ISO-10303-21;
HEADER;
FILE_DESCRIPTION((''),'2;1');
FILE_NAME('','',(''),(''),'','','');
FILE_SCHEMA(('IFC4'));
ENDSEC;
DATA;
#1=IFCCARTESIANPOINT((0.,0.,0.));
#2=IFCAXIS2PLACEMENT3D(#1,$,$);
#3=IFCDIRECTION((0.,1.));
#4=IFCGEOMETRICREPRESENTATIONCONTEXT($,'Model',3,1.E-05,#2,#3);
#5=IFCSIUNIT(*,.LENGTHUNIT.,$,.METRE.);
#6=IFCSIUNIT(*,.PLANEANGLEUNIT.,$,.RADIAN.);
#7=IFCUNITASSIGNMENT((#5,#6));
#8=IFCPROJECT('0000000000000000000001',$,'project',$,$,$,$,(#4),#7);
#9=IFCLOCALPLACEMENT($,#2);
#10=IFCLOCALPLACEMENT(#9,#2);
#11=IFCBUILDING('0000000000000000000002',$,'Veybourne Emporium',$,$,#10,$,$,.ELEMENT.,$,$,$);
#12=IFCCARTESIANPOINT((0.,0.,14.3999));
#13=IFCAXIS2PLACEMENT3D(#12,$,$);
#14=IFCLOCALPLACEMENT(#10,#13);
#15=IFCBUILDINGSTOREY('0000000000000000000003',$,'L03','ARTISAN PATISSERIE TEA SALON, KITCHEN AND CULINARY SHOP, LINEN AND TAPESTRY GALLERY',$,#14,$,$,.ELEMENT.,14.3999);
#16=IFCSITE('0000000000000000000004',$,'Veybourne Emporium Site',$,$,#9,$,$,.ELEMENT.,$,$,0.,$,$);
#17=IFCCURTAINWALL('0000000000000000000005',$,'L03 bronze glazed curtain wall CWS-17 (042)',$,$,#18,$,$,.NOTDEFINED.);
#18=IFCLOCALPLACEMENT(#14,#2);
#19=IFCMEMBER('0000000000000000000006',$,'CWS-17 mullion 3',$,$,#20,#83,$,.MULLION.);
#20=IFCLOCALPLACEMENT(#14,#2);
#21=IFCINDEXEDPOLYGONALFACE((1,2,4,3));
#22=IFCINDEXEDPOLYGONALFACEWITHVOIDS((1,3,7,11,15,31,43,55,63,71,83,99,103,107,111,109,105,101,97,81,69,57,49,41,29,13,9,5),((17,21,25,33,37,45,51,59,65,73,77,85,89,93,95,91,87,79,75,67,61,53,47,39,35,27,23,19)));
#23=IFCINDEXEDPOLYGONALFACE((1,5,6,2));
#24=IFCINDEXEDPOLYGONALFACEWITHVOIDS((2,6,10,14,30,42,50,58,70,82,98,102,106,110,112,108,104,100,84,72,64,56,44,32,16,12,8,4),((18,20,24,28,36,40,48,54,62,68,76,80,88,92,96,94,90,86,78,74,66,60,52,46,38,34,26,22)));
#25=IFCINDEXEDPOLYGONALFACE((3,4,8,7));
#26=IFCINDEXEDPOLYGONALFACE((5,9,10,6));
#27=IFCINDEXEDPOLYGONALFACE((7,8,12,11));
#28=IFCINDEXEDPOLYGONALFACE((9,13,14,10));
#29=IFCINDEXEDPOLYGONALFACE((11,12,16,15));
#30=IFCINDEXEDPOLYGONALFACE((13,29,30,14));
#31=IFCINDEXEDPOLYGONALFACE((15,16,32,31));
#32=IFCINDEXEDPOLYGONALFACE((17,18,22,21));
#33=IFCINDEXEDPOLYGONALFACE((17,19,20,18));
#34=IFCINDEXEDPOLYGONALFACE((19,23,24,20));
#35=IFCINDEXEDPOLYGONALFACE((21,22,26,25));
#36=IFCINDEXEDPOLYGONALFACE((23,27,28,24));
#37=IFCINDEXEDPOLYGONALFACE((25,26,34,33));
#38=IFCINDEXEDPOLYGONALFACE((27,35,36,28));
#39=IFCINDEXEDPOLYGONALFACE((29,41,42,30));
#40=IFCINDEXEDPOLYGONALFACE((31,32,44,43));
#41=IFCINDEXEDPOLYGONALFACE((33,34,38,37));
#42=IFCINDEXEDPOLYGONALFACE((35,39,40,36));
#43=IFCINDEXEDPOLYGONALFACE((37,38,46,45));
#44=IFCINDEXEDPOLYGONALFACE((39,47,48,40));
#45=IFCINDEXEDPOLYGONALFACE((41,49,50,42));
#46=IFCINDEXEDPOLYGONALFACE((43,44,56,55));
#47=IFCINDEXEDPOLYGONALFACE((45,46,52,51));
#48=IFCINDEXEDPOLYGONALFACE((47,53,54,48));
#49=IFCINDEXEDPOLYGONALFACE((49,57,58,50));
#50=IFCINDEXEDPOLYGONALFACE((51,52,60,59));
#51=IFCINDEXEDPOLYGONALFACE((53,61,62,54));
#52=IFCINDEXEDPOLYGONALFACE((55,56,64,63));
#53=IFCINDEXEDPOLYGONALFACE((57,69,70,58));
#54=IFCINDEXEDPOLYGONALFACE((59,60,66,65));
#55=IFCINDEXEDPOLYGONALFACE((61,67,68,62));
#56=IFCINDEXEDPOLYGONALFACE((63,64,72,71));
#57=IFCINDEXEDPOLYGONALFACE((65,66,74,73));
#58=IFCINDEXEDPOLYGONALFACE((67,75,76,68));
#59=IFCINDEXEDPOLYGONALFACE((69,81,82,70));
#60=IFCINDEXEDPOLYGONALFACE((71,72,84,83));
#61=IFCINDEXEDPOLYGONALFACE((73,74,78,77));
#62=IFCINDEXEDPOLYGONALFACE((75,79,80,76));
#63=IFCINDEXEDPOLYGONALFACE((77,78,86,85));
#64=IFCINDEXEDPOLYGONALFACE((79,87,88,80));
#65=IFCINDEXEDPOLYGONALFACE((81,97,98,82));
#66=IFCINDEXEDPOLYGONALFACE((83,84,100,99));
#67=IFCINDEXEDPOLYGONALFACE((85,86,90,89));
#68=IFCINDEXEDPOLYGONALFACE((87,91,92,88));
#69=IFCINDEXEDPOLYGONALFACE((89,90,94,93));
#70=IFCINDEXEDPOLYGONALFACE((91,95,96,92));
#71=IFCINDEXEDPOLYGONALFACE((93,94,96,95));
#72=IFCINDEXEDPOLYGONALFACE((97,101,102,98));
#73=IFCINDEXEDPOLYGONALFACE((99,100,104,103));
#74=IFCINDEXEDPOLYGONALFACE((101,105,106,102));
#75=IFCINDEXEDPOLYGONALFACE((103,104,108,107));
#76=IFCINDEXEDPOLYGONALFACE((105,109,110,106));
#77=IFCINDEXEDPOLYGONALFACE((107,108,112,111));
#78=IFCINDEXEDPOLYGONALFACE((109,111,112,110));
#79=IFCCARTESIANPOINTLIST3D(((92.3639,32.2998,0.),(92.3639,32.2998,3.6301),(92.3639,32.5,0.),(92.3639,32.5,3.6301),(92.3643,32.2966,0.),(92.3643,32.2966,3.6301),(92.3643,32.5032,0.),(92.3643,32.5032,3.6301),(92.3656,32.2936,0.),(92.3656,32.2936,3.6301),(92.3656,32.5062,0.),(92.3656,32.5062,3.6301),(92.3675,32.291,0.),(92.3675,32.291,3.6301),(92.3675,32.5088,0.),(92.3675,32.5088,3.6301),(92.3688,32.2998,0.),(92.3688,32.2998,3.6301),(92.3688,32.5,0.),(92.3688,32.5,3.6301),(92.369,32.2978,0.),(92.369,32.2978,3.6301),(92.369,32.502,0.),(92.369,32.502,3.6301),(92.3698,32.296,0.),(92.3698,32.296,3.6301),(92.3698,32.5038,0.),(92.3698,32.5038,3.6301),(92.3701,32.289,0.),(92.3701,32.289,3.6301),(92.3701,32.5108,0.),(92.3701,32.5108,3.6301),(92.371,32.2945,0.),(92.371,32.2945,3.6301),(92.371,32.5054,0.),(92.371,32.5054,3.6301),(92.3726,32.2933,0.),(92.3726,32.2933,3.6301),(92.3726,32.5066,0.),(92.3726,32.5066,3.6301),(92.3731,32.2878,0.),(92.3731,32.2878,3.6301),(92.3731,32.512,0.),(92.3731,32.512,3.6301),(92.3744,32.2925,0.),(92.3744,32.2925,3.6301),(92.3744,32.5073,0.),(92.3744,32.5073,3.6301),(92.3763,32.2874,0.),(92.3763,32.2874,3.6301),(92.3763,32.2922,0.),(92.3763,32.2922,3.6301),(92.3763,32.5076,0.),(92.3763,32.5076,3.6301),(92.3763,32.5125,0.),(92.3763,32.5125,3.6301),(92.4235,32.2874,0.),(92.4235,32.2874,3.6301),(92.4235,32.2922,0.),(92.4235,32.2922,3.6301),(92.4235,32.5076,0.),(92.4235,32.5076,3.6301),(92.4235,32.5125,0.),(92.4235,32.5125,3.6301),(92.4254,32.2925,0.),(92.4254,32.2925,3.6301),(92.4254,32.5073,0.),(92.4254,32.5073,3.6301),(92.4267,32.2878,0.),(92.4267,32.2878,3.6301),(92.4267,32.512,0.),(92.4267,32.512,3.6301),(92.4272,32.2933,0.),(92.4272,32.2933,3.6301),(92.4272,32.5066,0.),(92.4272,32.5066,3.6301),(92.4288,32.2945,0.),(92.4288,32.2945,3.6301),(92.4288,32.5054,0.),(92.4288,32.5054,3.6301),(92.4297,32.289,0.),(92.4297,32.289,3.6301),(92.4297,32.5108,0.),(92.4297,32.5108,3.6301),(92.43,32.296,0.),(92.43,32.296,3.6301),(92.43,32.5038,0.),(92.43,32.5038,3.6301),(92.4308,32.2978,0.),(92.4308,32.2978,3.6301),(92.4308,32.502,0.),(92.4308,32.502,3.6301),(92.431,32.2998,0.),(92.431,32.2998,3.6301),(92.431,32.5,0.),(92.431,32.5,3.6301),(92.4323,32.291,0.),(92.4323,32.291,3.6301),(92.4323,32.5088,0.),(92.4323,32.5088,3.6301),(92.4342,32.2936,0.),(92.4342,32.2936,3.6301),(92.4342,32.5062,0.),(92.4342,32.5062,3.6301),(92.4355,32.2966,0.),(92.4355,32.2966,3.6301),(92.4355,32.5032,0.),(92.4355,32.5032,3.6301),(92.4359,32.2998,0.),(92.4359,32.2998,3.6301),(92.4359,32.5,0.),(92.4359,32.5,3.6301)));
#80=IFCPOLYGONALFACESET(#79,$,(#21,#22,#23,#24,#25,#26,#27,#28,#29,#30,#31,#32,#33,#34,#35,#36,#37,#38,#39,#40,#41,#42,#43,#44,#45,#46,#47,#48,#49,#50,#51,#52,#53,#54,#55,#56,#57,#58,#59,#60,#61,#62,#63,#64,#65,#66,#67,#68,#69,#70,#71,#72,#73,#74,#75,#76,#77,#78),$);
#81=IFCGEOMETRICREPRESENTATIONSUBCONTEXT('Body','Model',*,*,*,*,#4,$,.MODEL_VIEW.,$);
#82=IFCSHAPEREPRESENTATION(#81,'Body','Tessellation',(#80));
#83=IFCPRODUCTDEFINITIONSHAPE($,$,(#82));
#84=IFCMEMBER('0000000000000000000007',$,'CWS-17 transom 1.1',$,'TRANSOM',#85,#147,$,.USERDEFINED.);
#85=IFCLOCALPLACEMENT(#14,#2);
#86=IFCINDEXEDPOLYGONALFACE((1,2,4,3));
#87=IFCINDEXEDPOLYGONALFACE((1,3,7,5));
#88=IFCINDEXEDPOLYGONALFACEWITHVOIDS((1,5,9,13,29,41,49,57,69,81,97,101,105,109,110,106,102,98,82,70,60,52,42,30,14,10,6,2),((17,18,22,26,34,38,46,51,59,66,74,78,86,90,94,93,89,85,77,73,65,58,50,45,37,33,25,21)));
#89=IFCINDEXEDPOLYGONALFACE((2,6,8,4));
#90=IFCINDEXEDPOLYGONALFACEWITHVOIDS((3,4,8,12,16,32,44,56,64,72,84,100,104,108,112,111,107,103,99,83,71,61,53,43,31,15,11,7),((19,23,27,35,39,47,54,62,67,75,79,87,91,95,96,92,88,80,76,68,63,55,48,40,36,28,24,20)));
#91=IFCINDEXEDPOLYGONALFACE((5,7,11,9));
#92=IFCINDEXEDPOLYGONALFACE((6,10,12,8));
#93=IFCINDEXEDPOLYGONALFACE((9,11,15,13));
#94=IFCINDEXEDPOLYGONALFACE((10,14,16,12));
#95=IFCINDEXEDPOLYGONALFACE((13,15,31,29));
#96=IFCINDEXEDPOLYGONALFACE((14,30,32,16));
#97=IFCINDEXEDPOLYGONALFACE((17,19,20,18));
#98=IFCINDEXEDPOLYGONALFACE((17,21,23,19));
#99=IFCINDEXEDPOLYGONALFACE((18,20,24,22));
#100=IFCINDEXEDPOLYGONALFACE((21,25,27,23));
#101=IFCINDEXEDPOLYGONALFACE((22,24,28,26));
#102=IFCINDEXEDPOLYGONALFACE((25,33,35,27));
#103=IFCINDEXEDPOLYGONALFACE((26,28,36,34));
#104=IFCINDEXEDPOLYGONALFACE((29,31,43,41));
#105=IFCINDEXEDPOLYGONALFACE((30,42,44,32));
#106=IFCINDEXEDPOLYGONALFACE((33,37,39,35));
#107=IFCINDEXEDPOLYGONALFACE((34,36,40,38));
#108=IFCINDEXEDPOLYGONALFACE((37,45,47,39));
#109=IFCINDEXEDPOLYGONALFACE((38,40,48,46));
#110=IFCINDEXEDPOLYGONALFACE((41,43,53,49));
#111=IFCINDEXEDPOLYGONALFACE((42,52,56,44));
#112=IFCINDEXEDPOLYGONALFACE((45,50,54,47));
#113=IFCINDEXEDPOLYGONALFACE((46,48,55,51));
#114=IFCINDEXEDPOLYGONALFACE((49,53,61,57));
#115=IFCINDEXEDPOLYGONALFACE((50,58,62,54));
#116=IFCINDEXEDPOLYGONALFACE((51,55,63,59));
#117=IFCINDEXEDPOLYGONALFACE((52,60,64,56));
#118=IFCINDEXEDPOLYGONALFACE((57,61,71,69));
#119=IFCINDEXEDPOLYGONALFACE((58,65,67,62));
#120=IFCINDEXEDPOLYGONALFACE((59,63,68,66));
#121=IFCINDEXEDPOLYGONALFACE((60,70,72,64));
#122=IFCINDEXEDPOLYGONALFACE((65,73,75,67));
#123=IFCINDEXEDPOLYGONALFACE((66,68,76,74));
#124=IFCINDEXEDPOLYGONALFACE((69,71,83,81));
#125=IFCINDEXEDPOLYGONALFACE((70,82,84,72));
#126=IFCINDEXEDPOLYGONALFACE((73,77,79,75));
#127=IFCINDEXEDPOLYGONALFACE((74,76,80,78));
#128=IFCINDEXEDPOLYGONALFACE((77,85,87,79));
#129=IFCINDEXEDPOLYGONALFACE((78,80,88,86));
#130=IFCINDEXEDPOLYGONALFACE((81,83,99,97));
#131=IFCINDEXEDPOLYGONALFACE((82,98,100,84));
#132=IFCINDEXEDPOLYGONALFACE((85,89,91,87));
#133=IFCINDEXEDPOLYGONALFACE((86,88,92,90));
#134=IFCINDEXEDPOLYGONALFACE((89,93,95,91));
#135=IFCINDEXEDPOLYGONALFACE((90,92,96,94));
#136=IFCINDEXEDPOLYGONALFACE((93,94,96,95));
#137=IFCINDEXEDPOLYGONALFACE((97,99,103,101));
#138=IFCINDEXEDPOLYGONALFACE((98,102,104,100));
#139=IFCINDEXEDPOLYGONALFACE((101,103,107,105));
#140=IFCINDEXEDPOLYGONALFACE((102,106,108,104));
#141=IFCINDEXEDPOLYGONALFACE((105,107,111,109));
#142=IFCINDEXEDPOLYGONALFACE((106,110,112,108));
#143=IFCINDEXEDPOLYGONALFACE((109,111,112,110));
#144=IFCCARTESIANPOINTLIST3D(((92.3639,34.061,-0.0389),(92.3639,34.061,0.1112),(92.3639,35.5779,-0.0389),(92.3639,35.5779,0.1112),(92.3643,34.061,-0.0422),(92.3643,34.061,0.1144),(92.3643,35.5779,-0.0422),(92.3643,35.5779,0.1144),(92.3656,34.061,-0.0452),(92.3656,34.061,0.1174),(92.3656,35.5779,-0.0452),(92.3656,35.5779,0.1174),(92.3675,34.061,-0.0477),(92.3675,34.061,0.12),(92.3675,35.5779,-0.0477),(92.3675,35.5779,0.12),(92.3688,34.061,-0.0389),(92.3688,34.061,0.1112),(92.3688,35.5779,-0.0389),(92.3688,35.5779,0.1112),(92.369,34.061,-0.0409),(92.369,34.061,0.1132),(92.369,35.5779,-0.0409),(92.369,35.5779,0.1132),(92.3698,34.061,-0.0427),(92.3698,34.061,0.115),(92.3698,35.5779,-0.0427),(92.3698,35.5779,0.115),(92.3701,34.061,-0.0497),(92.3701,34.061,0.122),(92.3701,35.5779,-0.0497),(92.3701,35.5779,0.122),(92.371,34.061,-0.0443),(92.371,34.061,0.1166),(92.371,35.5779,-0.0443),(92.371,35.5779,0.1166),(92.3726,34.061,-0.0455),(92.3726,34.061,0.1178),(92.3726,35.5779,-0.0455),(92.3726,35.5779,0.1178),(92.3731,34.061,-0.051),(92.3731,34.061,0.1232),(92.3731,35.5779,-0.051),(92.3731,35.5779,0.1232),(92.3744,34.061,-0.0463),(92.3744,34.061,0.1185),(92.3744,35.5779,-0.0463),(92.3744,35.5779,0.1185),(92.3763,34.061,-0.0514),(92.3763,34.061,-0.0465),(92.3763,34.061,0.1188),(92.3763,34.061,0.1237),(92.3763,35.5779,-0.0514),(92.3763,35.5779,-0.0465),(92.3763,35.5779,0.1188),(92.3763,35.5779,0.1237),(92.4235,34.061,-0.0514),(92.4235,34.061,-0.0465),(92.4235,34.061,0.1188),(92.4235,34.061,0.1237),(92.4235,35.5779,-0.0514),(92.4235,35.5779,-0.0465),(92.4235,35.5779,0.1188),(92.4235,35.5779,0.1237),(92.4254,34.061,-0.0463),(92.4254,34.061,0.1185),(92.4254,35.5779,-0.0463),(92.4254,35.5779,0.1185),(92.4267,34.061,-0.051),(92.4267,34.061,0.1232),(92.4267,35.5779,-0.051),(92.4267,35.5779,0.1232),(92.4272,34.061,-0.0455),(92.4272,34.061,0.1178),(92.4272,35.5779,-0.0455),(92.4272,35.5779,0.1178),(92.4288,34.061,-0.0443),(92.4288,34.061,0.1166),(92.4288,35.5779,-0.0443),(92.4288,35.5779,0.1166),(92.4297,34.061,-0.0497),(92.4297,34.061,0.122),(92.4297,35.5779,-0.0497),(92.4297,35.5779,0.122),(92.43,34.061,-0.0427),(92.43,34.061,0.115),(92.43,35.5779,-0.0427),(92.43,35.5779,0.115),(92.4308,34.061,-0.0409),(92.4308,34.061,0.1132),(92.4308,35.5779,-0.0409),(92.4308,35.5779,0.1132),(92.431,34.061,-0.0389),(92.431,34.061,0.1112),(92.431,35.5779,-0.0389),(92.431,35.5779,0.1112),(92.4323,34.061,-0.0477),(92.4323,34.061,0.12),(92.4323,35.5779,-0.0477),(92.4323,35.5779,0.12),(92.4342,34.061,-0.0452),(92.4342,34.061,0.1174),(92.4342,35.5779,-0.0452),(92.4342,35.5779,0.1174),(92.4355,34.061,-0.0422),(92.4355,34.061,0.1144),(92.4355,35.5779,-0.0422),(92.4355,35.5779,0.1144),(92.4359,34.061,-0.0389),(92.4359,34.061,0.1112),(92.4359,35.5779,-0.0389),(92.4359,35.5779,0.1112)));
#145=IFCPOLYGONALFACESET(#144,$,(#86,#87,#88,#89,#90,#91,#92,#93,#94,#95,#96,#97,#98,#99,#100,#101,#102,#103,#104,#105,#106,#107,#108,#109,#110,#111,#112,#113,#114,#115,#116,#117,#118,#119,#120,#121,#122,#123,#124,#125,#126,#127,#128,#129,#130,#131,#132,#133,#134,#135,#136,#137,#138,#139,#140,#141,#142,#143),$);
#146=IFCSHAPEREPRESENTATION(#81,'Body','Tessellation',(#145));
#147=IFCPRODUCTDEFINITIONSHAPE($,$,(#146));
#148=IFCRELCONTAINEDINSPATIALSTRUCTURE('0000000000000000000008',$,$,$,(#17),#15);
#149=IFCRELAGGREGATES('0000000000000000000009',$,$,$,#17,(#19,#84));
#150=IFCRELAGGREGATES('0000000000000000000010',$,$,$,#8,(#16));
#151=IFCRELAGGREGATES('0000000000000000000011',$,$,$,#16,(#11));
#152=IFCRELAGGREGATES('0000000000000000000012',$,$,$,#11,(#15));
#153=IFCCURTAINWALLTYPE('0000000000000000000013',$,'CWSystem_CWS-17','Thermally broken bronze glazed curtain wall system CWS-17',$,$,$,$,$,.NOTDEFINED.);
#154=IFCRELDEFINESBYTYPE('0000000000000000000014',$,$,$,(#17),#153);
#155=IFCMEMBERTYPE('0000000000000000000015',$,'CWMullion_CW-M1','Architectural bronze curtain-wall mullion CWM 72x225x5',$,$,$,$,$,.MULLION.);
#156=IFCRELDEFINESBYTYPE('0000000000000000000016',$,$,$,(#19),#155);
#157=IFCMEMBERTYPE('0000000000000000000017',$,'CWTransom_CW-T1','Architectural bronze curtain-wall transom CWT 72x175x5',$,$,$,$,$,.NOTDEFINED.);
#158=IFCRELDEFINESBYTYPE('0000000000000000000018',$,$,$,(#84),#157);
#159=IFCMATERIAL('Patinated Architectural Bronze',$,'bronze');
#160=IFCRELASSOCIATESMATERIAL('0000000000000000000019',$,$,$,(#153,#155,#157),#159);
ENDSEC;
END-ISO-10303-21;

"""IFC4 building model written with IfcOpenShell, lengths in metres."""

from ifc_helpers import new_model, si_unit, direction, frame, origin, origin_2d, place, context, subcontext, project, spatial, hollow_rectangle, extrude, material, material_profile, profile_set, type_object, element, aggregate, save


model = new_model("IFC4")

# Units and contexts
model_context = context("Model", 3, precision=1e-05, world=origin(), true_north=direction((0.0, 1.0)))
body_context = subcontext(model_context, "Body", "Model", "MODEL_VIEW")
ifc_project = project(units=[si_unit("LENGTHUNIT", "METRE"), si_unit("PLANEANGLEUNIT", "RADIAN")], contexts=[model_context])

# Site, building, storey
site_placement = place(None, origin())
site = spatial("IfcSite", under=ifc_project, at=site_placement, Name="Veybourne Emporium Site", CompositionType="ELEMENT", RefElevation=0.0)
building_placement = place(site_placement, origin())
building = spatial("IfcBuilding", under=site, at=building_placement, Name="Veybourne Emporium", CompositionType="ELEMENT")
storey_placement = place(building_placement, frame((0.0, 0.0, 14.3999)))
storey = spatial("IfcBuildingStorey", under=building, at=storey_placement, Name="L03", Description="ARTISAN PATISSERIE TEA SALON, KITCHEN AND CULINARY SHOP, LINEN AND TAPESTRY GALLERY", CompositionType="ELEMENT", Elevation=14.3999)

# Curtain wall, members
ifc_material_1 = material(Name="Patinated Architectural Bronze", Category="bronze")
curtain_wall_type = type_object("IfcCurtainWallType", Name="CWSystem_CWS-17", Description="Thermally broken bronze glazed curtain wall system CWS-17", PredefinedType="NOTDEFINED", material=ifc_material_1)
curtain_wall_placement = place(storey_placement, origin())
curtain_wall = element("IfcCurtainWall", 1, at=curtain_wall_placement, inside=storey, type_object=curtain_wall_type, Name="L03 bronze glazed curtain wall CWS-17 (042)", PredefinedType="NOTDEFINED")
ifc_material_profile_1 = material_profile(ifc_material_1, hollow_rectangle(XDim=0.072, YDim=0.2251, WallThickness=0.0049, InnerFilletRadius=0.0076, OuterFilletRadius=0.0125, at=origin_2d()), Name="CWM 72x225x5")
ifc_profile_set_1 = profile_set([ifc_material_profile_1], Name="Patinated Architectural Bronze")
member_type_1 = type_object("IfcMemberType", Name="CWMullion_CW-M1", Description="Architectural bronze curtain-wall mullion CWM 72x225x5", PredefinedType="MULLION", material=ifc_profile_set_1)
member_1_placement = place(storey_placement, frame((92.3999, 32.3999, 0.0), z_axis=(0.0, 0.0, 1.0), x_axis=(1.0, 0.0, 0.0)))
member_1 = element("IfcMember", 2, at=member_1_placement, type_object=member_type_1, Name="CWS-17 mullion 3", PredefinedType="MULLION", context=body_context, shape_type="SweptSolid", body=[
    extrude(hollow_rectangle(XDim=0.072, YDim=0.2251, WallThickness=0.0049, InnerFilletRadius=0.0076, OuterFilletRadius=0.0125, at=origin_2d()), origin(), (0.0, 0.0, 1.0), 3.6301),
])
ifc_material_profile_2 = material_profile(ifc_material_1, hollow_rectangle(XDim=0.072, YDim=0.175, WallThickness=0.0049, InnerFilletRadius=0.0076, OuterFilletRadius=0.0125, at=origin_2d()), Name="CWT 72x175x5")
ifc_profile_set_2 = profile_set([ifc_material_profile_2], Name="Patinated Architectural Bronze")
member_type_2 = type_object("IfcMemberType", Name="CWTransom_CW-T1", Description="Architectural bronze curtain-wall transom CWT 72x175x5", PredefinedType="NOTDEFINED", material=ifc_profile_set_2)
member_2_placement = place(storey_placement, frame((92.3999, 35.5779, 0.0361), z_axis=(0.0, -1.0, 0.0), x_axis=(1.0, 0.0, 0.0)))
member_2 = element("IfcMember", 3, at=member_2_placement, type_object=member_type_2, Name="CWS-17 transom 1.1", ObjectType="TRANSOM", PredefinedType="USERDEFINED", context=body_context, shape_type="SweptSolid", body=[
    extrude(hollow_rectangle(XDim=0.072, YDim=0.175, WallThickness=0.0049, InnerFilletRadius=0.0076, OuterFilletRadius=0.0125, at=origin_2d()), origin(), (0.0, 0.0, 1.0), 1.5168),
])

aggregate(curtain_wall, [member_1, member_2])

save(model, "model.ifc")
